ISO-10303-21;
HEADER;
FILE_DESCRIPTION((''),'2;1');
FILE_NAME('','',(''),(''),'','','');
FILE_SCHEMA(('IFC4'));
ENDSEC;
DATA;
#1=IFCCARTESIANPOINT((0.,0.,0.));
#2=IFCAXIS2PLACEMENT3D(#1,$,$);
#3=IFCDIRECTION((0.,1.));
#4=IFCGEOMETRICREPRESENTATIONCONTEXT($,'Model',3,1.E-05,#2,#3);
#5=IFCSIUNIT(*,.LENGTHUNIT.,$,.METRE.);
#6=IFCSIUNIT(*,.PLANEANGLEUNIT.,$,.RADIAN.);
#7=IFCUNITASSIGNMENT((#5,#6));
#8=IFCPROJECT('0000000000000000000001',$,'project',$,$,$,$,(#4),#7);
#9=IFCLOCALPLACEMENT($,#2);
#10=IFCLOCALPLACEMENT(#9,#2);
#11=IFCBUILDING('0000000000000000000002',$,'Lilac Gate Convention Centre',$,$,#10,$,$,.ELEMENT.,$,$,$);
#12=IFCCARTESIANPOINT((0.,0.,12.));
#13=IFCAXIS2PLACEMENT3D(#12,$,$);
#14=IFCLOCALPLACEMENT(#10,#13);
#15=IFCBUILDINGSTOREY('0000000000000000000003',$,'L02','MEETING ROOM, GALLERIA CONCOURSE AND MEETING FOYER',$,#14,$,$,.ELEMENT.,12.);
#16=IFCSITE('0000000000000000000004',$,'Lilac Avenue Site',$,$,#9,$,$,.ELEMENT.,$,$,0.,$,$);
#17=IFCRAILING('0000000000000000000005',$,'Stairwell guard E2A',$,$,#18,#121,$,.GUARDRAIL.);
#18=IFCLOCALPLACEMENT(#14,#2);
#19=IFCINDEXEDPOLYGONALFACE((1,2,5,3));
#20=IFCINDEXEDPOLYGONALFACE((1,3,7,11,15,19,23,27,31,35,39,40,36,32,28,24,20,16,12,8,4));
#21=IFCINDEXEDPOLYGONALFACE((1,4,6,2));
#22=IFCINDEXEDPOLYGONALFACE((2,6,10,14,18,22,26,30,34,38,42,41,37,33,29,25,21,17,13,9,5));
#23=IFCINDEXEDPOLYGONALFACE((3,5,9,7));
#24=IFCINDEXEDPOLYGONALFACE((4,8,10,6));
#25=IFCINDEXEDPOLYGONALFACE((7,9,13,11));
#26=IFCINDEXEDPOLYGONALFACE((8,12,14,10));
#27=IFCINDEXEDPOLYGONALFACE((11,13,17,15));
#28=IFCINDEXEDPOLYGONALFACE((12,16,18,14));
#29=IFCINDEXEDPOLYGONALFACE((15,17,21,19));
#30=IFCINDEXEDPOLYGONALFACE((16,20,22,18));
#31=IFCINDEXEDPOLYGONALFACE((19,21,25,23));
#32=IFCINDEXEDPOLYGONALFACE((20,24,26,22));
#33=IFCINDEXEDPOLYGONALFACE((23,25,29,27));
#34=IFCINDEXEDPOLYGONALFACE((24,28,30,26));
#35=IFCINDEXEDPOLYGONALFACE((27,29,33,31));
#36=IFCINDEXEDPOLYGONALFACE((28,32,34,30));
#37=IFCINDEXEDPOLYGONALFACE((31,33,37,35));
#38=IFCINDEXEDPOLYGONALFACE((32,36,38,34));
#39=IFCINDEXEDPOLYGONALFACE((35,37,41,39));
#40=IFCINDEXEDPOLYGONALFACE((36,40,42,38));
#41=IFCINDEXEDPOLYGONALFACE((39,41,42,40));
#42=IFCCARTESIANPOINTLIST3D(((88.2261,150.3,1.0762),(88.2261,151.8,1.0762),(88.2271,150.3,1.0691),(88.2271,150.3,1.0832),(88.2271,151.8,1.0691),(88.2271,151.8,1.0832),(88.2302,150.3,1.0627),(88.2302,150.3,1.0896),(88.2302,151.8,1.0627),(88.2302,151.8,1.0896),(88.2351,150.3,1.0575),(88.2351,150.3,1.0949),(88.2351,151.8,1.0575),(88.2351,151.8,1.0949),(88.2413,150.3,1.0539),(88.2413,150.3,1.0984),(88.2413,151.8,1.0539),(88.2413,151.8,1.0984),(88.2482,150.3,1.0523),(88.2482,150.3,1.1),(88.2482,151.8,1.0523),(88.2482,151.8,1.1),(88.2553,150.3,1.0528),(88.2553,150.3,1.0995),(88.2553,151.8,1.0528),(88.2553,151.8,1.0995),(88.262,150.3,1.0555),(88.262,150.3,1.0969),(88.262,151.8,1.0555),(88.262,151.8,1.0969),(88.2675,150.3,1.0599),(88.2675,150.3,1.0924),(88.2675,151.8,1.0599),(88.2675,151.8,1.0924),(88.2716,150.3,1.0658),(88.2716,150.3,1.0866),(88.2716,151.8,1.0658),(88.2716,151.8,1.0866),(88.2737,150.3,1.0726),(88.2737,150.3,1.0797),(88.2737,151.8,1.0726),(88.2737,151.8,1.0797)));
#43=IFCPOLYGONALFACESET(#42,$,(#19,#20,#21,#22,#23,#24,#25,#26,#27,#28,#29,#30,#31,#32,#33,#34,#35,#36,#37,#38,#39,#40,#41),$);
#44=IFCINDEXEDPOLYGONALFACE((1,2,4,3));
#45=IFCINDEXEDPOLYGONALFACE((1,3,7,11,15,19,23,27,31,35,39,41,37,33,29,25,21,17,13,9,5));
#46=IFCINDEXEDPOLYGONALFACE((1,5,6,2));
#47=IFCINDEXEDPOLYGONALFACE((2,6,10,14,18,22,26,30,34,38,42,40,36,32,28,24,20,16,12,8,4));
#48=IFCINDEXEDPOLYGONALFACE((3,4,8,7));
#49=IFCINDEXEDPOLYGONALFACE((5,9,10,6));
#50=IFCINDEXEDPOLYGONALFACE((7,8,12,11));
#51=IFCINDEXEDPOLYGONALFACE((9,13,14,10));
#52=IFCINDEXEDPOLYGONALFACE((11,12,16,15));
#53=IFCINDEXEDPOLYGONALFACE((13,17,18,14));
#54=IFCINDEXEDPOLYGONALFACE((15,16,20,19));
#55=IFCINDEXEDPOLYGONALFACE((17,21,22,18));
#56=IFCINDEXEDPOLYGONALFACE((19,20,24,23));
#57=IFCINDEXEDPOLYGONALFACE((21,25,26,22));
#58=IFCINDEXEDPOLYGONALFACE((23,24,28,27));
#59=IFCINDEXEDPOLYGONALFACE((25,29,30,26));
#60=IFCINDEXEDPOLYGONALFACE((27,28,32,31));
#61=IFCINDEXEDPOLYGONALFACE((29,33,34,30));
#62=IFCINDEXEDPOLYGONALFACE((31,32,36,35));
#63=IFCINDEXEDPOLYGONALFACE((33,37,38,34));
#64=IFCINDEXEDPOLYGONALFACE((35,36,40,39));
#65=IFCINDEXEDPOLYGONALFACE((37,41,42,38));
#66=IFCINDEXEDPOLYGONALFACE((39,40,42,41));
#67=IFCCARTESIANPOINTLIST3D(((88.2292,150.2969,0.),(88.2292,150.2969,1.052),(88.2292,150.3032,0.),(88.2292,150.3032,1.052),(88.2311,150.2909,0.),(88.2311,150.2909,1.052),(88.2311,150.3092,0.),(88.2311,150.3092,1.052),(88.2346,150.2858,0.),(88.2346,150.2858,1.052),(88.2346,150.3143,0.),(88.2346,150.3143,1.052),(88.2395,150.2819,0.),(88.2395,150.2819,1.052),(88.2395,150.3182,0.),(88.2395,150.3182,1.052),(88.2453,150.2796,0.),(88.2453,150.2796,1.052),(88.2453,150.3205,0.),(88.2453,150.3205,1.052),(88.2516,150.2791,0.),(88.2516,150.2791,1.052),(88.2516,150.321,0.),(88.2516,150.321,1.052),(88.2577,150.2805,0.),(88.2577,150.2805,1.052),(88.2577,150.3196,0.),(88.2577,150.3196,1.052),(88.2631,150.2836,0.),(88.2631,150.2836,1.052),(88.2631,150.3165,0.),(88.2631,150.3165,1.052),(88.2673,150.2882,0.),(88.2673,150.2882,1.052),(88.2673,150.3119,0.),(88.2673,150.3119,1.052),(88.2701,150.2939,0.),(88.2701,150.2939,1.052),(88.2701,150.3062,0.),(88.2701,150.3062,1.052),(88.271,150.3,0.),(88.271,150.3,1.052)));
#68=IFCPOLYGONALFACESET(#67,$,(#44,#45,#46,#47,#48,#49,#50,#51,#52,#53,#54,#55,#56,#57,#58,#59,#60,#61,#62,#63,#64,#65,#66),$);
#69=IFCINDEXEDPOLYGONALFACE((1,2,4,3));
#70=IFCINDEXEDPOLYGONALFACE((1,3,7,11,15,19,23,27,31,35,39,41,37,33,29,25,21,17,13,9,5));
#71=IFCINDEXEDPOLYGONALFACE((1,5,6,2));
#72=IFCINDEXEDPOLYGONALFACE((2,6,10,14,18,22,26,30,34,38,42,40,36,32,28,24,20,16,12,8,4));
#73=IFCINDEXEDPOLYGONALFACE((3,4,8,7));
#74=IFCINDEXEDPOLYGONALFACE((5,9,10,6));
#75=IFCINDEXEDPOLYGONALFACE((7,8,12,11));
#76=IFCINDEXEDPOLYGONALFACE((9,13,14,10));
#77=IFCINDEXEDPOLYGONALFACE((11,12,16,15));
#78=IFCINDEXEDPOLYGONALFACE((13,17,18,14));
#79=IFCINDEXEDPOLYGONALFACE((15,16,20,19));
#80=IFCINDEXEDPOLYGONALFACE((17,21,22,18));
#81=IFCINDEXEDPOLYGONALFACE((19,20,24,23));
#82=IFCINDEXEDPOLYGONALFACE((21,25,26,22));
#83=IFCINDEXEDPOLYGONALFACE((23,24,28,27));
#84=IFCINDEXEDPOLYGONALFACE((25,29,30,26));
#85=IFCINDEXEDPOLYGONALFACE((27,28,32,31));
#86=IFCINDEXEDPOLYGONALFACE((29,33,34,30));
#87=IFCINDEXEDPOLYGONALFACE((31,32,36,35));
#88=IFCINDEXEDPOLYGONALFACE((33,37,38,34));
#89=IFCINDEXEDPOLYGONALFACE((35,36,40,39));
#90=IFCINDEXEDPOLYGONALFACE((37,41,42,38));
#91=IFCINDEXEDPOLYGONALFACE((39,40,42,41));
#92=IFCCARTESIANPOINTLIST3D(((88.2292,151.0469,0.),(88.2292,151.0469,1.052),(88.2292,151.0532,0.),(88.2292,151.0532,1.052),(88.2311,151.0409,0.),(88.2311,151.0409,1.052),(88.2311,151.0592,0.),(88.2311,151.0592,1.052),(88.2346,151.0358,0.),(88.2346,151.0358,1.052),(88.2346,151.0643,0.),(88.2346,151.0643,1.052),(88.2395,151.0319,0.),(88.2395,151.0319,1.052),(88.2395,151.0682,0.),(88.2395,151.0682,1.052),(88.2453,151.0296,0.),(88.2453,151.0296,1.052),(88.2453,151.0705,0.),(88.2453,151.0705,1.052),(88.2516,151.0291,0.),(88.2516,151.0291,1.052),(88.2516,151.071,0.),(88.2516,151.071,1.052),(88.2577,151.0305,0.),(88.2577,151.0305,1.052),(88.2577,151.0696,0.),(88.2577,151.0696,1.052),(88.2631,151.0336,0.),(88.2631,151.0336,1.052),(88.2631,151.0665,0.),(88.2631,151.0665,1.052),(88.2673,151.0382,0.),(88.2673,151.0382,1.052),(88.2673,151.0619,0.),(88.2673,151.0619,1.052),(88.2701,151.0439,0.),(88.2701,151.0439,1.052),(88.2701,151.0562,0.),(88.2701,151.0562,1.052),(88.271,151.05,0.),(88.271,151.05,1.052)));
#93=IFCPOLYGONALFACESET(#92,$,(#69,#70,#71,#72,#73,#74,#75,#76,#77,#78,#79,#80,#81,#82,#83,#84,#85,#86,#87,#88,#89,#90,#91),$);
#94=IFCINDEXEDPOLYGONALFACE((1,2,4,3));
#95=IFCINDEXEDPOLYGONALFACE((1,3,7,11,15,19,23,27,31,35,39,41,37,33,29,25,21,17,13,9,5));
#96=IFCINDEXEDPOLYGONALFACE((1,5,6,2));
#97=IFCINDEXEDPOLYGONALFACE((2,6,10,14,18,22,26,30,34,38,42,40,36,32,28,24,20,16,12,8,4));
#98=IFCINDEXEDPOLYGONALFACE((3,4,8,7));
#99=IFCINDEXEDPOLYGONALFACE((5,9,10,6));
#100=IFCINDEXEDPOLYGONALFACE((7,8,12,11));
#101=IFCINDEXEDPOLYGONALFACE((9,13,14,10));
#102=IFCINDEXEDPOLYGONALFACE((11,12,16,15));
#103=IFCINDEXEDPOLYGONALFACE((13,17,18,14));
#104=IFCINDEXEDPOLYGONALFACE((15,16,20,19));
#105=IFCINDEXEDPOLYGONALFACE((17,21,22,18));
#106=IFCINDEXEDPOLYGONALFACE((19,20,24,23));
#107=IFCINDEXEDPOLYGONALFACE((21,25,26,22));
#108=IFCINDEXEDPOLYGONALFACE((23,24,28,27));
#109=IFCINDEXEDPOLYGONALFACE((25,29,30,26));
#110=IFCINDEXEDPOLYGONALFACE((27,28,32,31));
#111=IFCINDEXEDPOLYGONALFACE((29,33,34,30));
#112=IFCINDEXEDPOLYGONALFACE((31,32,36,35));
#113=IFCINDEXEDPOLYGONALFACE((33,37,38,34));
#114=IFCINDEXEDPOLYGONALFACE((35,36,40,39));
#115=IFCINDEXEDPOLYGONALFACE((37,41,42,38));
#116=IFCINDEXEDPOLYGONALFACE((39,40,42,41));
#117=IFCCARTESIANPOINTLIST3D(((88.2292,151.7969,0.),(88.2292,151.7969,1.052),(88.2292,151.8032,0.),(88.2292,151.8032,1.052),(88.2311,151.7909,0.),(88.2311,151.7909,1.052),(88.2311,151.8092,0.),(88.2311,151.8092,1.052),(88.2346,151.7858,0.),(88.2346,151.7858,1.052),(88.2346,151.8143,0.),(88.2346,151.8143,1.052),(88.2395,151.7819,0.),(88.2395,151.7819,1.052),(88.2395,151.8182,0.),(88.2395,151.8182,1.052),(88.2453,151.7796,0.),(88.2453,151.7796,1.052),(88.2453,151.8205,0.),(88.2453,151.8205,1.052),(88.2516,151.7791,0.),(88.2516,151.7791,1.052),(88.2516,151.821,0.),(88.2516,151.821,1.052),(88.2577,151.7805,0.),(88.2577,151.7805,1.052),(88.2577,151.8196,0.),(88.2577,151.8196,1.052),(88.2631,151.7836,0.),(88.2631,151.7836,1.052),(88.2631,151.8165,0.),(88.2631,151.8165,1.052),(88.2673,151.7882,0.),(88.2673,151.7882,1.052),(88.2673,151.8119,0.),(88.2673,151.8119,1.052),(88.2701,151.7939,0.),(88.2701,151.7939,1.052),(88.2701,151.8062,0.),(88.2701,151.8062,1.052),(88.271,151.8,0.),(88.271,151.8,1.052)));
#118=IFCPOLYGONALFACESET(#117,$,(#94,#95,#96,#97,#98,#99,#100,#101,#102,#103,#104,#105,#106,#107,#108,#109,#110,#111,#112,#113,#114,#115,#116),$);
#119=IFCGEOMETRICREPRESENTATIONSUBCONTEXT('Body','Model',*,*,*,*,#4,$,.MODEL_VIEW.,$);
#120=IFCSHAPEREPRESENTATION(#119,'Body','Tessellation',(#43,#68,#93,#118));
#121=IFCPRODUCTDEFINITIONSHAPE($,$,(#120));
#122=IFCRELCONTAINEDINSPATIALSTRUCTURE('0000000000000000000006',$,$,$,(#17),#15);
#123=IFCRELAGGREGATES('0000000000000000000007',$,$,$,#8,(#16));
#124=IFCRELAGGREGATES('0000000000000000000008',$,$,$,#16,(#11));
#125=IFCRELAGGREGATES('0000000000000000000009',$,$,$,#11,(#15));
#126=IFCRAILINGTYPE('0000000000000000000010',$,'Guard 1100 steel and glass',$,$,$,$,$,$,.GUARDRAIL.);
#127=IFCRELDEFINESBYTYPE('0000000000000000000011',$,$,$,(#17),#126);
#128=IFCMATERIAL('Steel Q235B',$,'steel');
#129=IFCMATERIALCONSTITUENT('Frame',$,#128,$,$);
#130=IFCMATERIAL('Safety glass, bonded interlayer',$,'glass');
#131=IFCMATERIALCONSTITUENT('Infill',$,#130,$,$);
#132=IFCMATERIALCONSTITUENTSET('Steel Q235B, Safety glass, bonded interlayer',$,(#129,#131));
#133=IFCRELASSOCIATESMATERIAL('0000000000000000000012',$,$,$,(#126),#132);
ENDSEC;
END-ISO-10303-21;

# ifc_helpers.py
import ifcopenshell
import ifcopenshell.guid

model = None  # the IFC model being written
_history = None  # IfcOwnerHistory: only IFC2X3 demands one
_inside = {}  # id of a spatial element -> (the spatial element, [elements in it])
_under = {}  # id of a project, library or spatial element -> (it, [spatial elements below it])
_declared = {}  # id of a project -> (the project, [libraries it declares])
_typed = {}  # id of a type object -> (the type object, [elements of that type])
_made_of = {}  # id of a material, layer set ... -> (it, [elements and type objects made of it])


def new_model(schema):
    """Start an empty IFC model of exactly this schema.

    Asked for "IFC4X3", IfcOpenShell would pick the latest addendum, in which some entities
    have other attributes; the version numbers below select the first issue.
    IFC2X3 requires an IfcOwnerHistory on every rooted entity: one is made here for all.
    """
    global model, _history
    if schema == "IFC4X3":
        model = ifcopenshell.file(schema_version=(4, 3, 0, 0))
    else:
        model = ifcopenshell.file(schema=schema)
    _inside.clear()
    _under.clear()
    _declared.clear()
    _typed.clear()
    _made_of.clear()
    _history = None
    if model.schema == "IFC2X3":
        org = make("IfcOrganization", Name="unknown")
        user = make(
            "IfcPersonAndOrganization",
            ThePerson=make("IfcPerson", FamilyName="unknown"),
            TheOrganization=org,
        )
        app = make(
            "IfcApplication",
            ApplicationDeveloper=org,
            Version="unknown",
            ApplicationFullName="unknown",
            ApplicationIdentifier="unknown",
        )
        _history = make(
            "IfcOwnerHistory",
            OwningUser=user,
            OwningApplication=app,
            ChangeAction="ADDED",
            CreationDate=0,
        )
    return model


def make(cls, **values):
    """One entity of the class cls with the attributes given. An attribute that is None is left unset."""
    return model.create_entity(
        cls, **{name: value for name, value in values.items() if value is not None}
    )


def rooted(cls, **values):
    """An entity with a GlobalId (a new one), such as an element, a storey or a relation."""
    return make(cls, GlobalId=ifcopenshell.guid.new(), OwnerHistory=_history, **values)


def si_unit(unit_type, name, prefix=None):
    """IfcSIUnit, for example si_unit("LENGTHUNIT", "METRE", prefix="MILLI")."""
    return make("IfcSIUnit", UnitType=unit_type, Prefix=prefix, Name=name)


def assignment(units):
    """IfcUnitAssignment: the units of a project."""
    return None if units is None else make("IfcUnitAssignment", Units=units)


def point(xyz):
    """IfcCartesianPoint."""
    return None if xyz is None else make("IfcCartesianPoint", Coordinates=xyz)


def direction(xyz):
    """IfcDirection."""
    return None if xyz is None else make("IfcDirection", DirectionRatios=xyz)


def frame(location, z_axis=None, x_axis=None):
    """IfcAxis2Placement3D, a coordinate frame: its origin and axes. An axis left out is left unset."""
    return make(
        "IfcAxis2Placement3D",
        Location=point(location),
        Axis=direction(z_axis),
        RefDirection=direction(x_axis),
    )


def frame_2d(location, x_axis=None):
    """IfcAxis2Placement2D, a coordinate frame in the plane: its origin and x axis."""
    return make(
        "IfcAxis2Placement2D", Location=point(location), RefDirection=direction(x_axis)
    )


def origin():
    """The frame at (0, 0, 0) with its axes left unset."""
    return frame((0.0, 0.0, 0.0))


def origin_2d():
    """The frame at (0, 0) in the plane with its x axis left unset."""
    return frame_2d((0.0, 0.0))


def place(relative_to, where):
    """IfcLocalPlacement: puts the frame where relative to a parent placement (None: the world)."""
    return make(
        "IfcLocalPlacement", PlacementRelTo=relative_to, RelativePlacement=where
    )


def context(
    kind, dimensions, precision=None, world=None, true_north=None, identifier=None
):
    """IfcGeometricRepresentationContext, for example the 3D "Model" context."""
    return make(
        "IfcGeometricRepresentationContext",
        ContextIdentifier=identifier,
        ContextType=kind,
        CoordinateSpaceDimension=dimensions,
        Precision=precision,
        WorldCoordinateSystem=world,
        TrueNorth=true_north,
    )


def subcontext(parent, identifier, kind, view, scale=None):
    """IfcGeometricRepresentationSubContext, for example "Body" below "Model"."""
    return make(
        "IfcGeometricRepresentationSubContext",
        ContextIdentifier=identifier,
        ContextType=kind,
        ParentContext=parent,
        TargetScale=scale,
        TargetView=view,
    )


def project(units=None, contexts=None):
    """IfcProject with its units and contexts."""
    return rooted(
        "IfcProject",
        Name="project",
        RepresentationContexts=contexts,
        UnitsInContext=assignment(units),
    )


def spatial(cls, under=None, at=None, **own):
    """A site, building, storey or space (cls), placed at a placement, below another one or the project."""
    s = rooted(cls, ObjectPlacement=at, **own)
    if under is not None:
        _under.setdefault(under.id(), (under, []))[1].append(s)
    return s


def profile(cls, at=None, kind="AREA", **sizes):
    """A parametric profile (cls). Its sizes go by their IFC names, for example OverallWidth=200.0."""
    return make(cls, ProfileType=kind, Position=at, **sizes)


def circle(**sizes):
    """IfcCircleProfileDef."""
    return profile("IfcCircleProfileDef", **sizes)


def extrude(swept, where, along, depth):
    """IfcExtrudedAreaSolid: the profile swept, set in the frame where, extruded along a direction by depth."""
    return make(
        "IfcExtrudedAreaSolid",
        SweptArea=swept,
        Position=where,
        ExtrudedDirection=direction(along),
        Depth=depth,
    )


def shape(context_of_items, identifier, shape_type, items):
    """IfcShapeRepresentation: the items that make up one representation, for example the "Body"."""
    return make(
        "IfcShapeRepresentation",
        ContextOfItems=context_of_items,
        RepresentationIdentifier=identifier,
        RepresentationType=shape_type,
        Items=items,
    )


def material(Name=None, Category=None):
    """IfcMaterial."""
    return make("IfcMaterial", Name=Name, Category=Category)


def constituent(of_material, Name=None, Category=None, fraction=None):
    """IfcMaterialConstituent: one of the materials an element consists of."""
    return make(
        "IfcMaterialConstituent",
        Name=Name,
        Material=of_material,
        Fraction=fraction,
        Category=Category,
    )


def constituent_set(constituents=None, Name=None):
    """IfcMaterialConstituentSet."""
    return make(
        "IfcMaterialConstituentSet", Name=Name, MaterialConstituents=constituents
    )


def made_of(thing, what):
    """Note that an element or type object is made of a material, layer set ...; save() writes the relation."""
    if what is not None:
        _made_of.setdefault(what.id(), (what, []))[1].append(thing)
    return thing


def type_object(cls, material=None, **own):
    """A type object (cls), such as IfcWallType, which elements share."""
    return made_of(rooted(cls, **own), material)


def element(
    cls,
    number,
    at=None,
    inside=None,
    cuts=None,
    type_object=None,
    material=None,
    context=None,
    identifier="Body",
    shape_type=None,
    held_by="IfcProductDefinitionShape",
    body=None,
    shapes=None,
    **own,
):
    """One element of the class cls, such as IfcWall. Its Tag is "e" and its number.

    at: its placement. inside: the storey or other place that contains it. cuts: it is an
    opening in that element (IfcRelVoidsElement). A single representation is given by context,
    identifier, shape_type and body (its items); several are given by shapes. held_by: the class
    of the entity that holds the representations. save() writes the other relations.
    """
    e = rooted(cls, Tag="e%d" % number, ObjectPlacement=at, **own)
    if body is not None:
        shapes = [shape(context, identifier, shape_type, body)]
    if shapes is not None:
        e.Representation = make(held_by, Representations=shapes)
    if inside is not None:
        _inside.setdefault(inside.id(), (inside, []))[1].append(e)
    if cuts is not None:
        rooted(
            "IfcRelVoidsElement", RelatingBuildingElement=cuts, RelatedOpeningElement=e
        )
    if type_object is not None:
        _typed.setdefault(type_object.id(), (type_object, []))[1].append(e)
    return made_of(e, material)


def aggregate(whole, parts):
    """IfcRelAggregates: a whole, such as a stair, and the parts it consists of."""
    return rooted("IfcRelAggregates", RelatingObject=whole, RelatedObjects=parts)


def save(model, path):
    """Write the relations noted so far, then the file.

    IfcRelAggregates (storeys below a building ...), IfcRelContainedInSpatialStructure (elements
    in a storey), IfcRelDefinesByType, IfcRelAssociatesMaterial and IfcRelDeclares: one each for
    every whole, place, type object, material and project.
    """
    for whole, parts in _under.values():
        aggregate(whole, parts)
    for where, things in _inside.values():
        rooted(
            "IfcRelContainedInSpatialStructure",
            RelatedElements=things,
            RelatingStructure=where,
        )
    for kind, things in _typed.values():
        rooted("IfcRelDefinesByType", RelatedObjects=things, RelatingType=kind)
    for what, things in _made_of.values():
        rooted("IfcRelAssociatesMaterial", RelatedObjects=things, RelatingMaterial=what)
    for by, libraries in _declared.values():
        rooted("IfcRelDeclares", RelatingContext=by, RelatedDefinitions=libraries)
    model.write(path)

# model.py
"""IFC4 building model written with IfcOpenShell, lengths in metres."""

from ifc_helpers import new_model, si_unit, direction, frame, origin, origin_2d, place, context, subcontext, project, spatial, circle, extrude, material, constituent, constituent_set, type_object, element, save


model = new_model("IFC4")

# Units and contexts
model_context = context("Model", 3, precision=1e-05, world=origin(), true_north=direction((0.0, 1.0)))
body_context = subcontext(model_context, "Body", "Model", "MODEL_VIEW")
ifc_project = project(units=[si_unit("LENGTHUNIT", "METRE"), si_unit("PLANEANGLEUNIT", "RADIAN")], contexts=[model_context])

# Site, building, storey
site_placement = place(None, origin())
site = spatial("IfcSite", under=ifc_project, at=site_placement, Name="Lilac Avenue Site", CompositionType="ELEMENT", RefElevation=0.0)
building_placement = place(site_placement, origin())
building = spatial("IfcBuilding", under=site, at=building_placement, Name="Lilac Gate Convention Centre", CompositionType="ELEMENT")
storey_placement = place(building_placement, frame((0.0, 0.0, 12.0)))
storey = spatial("IfcBuildingStorey", under=building, at=storey_placement, Name="L02", Description="MEETING ROOM, GALLERIA CONCOURSE AND MEETING FOYER", CompositionType="ELEMENT", Elevation=12.0)

# Railing
ifc_material_1 = material(Name="Steel Q235B", Category="steel")
ifc_constituent_1 = constituent(ifc_material_1, Name="Frame")
ifc_material_2 = material(Name="Safety glass, bonded interlayer", Category="glass")
ifc_constituent_2 = constituent(ifc_material_2, Name="Infill")
ifc_constituent_set = constituent_set(constituents=[ifc_constituent_1, ifc_constituent_2], Name="Steel Q235B, Safety glass, bonded interlayer")
railing_type = type_object("IfcRailingType", Name="Guard 1100 steel and glass", PredefinedType="GUARDRAIL", material=ifc_constituent_set)
railing_placement = place(storey_placement, frame((88.25, 150.3, 0.0)))
element("IfcRailing", 1, at=railing_placement, inside=storey, type_object=railing_type, Name="Stairwell guard E2A", PredefinedType="GUARDRAIL", context=body_context, shape_type="SweptSolid", body=[
    extrude(circle(Radius=0.0239, at=origin_2d()), frame((0.0, 0.0, 1.0762), z_axis=(0.0, 1.0, 0.0), x_axis=(-1.0, 0.0, 0.0)), (0.0, 0.0, 1.0), 1.5),
    extrude(circle(Radius=0.021, at=origin_2d()), origin(), (0.0, 0.0, 1.0), 1.052),
    extrude(circle(Radius=0.021, at=origin_2d()), frame((0.0, 0.75, 0.0)), (0.0, 0.0, 1.0), 1.052),
    extrude(circle(Radius=0.021, at=origin_2d()), frame((0.0, 1.5, 0.0)), (0.0, 0.0, 1.0), 1.052),
])

save(model, "model.ifc")
